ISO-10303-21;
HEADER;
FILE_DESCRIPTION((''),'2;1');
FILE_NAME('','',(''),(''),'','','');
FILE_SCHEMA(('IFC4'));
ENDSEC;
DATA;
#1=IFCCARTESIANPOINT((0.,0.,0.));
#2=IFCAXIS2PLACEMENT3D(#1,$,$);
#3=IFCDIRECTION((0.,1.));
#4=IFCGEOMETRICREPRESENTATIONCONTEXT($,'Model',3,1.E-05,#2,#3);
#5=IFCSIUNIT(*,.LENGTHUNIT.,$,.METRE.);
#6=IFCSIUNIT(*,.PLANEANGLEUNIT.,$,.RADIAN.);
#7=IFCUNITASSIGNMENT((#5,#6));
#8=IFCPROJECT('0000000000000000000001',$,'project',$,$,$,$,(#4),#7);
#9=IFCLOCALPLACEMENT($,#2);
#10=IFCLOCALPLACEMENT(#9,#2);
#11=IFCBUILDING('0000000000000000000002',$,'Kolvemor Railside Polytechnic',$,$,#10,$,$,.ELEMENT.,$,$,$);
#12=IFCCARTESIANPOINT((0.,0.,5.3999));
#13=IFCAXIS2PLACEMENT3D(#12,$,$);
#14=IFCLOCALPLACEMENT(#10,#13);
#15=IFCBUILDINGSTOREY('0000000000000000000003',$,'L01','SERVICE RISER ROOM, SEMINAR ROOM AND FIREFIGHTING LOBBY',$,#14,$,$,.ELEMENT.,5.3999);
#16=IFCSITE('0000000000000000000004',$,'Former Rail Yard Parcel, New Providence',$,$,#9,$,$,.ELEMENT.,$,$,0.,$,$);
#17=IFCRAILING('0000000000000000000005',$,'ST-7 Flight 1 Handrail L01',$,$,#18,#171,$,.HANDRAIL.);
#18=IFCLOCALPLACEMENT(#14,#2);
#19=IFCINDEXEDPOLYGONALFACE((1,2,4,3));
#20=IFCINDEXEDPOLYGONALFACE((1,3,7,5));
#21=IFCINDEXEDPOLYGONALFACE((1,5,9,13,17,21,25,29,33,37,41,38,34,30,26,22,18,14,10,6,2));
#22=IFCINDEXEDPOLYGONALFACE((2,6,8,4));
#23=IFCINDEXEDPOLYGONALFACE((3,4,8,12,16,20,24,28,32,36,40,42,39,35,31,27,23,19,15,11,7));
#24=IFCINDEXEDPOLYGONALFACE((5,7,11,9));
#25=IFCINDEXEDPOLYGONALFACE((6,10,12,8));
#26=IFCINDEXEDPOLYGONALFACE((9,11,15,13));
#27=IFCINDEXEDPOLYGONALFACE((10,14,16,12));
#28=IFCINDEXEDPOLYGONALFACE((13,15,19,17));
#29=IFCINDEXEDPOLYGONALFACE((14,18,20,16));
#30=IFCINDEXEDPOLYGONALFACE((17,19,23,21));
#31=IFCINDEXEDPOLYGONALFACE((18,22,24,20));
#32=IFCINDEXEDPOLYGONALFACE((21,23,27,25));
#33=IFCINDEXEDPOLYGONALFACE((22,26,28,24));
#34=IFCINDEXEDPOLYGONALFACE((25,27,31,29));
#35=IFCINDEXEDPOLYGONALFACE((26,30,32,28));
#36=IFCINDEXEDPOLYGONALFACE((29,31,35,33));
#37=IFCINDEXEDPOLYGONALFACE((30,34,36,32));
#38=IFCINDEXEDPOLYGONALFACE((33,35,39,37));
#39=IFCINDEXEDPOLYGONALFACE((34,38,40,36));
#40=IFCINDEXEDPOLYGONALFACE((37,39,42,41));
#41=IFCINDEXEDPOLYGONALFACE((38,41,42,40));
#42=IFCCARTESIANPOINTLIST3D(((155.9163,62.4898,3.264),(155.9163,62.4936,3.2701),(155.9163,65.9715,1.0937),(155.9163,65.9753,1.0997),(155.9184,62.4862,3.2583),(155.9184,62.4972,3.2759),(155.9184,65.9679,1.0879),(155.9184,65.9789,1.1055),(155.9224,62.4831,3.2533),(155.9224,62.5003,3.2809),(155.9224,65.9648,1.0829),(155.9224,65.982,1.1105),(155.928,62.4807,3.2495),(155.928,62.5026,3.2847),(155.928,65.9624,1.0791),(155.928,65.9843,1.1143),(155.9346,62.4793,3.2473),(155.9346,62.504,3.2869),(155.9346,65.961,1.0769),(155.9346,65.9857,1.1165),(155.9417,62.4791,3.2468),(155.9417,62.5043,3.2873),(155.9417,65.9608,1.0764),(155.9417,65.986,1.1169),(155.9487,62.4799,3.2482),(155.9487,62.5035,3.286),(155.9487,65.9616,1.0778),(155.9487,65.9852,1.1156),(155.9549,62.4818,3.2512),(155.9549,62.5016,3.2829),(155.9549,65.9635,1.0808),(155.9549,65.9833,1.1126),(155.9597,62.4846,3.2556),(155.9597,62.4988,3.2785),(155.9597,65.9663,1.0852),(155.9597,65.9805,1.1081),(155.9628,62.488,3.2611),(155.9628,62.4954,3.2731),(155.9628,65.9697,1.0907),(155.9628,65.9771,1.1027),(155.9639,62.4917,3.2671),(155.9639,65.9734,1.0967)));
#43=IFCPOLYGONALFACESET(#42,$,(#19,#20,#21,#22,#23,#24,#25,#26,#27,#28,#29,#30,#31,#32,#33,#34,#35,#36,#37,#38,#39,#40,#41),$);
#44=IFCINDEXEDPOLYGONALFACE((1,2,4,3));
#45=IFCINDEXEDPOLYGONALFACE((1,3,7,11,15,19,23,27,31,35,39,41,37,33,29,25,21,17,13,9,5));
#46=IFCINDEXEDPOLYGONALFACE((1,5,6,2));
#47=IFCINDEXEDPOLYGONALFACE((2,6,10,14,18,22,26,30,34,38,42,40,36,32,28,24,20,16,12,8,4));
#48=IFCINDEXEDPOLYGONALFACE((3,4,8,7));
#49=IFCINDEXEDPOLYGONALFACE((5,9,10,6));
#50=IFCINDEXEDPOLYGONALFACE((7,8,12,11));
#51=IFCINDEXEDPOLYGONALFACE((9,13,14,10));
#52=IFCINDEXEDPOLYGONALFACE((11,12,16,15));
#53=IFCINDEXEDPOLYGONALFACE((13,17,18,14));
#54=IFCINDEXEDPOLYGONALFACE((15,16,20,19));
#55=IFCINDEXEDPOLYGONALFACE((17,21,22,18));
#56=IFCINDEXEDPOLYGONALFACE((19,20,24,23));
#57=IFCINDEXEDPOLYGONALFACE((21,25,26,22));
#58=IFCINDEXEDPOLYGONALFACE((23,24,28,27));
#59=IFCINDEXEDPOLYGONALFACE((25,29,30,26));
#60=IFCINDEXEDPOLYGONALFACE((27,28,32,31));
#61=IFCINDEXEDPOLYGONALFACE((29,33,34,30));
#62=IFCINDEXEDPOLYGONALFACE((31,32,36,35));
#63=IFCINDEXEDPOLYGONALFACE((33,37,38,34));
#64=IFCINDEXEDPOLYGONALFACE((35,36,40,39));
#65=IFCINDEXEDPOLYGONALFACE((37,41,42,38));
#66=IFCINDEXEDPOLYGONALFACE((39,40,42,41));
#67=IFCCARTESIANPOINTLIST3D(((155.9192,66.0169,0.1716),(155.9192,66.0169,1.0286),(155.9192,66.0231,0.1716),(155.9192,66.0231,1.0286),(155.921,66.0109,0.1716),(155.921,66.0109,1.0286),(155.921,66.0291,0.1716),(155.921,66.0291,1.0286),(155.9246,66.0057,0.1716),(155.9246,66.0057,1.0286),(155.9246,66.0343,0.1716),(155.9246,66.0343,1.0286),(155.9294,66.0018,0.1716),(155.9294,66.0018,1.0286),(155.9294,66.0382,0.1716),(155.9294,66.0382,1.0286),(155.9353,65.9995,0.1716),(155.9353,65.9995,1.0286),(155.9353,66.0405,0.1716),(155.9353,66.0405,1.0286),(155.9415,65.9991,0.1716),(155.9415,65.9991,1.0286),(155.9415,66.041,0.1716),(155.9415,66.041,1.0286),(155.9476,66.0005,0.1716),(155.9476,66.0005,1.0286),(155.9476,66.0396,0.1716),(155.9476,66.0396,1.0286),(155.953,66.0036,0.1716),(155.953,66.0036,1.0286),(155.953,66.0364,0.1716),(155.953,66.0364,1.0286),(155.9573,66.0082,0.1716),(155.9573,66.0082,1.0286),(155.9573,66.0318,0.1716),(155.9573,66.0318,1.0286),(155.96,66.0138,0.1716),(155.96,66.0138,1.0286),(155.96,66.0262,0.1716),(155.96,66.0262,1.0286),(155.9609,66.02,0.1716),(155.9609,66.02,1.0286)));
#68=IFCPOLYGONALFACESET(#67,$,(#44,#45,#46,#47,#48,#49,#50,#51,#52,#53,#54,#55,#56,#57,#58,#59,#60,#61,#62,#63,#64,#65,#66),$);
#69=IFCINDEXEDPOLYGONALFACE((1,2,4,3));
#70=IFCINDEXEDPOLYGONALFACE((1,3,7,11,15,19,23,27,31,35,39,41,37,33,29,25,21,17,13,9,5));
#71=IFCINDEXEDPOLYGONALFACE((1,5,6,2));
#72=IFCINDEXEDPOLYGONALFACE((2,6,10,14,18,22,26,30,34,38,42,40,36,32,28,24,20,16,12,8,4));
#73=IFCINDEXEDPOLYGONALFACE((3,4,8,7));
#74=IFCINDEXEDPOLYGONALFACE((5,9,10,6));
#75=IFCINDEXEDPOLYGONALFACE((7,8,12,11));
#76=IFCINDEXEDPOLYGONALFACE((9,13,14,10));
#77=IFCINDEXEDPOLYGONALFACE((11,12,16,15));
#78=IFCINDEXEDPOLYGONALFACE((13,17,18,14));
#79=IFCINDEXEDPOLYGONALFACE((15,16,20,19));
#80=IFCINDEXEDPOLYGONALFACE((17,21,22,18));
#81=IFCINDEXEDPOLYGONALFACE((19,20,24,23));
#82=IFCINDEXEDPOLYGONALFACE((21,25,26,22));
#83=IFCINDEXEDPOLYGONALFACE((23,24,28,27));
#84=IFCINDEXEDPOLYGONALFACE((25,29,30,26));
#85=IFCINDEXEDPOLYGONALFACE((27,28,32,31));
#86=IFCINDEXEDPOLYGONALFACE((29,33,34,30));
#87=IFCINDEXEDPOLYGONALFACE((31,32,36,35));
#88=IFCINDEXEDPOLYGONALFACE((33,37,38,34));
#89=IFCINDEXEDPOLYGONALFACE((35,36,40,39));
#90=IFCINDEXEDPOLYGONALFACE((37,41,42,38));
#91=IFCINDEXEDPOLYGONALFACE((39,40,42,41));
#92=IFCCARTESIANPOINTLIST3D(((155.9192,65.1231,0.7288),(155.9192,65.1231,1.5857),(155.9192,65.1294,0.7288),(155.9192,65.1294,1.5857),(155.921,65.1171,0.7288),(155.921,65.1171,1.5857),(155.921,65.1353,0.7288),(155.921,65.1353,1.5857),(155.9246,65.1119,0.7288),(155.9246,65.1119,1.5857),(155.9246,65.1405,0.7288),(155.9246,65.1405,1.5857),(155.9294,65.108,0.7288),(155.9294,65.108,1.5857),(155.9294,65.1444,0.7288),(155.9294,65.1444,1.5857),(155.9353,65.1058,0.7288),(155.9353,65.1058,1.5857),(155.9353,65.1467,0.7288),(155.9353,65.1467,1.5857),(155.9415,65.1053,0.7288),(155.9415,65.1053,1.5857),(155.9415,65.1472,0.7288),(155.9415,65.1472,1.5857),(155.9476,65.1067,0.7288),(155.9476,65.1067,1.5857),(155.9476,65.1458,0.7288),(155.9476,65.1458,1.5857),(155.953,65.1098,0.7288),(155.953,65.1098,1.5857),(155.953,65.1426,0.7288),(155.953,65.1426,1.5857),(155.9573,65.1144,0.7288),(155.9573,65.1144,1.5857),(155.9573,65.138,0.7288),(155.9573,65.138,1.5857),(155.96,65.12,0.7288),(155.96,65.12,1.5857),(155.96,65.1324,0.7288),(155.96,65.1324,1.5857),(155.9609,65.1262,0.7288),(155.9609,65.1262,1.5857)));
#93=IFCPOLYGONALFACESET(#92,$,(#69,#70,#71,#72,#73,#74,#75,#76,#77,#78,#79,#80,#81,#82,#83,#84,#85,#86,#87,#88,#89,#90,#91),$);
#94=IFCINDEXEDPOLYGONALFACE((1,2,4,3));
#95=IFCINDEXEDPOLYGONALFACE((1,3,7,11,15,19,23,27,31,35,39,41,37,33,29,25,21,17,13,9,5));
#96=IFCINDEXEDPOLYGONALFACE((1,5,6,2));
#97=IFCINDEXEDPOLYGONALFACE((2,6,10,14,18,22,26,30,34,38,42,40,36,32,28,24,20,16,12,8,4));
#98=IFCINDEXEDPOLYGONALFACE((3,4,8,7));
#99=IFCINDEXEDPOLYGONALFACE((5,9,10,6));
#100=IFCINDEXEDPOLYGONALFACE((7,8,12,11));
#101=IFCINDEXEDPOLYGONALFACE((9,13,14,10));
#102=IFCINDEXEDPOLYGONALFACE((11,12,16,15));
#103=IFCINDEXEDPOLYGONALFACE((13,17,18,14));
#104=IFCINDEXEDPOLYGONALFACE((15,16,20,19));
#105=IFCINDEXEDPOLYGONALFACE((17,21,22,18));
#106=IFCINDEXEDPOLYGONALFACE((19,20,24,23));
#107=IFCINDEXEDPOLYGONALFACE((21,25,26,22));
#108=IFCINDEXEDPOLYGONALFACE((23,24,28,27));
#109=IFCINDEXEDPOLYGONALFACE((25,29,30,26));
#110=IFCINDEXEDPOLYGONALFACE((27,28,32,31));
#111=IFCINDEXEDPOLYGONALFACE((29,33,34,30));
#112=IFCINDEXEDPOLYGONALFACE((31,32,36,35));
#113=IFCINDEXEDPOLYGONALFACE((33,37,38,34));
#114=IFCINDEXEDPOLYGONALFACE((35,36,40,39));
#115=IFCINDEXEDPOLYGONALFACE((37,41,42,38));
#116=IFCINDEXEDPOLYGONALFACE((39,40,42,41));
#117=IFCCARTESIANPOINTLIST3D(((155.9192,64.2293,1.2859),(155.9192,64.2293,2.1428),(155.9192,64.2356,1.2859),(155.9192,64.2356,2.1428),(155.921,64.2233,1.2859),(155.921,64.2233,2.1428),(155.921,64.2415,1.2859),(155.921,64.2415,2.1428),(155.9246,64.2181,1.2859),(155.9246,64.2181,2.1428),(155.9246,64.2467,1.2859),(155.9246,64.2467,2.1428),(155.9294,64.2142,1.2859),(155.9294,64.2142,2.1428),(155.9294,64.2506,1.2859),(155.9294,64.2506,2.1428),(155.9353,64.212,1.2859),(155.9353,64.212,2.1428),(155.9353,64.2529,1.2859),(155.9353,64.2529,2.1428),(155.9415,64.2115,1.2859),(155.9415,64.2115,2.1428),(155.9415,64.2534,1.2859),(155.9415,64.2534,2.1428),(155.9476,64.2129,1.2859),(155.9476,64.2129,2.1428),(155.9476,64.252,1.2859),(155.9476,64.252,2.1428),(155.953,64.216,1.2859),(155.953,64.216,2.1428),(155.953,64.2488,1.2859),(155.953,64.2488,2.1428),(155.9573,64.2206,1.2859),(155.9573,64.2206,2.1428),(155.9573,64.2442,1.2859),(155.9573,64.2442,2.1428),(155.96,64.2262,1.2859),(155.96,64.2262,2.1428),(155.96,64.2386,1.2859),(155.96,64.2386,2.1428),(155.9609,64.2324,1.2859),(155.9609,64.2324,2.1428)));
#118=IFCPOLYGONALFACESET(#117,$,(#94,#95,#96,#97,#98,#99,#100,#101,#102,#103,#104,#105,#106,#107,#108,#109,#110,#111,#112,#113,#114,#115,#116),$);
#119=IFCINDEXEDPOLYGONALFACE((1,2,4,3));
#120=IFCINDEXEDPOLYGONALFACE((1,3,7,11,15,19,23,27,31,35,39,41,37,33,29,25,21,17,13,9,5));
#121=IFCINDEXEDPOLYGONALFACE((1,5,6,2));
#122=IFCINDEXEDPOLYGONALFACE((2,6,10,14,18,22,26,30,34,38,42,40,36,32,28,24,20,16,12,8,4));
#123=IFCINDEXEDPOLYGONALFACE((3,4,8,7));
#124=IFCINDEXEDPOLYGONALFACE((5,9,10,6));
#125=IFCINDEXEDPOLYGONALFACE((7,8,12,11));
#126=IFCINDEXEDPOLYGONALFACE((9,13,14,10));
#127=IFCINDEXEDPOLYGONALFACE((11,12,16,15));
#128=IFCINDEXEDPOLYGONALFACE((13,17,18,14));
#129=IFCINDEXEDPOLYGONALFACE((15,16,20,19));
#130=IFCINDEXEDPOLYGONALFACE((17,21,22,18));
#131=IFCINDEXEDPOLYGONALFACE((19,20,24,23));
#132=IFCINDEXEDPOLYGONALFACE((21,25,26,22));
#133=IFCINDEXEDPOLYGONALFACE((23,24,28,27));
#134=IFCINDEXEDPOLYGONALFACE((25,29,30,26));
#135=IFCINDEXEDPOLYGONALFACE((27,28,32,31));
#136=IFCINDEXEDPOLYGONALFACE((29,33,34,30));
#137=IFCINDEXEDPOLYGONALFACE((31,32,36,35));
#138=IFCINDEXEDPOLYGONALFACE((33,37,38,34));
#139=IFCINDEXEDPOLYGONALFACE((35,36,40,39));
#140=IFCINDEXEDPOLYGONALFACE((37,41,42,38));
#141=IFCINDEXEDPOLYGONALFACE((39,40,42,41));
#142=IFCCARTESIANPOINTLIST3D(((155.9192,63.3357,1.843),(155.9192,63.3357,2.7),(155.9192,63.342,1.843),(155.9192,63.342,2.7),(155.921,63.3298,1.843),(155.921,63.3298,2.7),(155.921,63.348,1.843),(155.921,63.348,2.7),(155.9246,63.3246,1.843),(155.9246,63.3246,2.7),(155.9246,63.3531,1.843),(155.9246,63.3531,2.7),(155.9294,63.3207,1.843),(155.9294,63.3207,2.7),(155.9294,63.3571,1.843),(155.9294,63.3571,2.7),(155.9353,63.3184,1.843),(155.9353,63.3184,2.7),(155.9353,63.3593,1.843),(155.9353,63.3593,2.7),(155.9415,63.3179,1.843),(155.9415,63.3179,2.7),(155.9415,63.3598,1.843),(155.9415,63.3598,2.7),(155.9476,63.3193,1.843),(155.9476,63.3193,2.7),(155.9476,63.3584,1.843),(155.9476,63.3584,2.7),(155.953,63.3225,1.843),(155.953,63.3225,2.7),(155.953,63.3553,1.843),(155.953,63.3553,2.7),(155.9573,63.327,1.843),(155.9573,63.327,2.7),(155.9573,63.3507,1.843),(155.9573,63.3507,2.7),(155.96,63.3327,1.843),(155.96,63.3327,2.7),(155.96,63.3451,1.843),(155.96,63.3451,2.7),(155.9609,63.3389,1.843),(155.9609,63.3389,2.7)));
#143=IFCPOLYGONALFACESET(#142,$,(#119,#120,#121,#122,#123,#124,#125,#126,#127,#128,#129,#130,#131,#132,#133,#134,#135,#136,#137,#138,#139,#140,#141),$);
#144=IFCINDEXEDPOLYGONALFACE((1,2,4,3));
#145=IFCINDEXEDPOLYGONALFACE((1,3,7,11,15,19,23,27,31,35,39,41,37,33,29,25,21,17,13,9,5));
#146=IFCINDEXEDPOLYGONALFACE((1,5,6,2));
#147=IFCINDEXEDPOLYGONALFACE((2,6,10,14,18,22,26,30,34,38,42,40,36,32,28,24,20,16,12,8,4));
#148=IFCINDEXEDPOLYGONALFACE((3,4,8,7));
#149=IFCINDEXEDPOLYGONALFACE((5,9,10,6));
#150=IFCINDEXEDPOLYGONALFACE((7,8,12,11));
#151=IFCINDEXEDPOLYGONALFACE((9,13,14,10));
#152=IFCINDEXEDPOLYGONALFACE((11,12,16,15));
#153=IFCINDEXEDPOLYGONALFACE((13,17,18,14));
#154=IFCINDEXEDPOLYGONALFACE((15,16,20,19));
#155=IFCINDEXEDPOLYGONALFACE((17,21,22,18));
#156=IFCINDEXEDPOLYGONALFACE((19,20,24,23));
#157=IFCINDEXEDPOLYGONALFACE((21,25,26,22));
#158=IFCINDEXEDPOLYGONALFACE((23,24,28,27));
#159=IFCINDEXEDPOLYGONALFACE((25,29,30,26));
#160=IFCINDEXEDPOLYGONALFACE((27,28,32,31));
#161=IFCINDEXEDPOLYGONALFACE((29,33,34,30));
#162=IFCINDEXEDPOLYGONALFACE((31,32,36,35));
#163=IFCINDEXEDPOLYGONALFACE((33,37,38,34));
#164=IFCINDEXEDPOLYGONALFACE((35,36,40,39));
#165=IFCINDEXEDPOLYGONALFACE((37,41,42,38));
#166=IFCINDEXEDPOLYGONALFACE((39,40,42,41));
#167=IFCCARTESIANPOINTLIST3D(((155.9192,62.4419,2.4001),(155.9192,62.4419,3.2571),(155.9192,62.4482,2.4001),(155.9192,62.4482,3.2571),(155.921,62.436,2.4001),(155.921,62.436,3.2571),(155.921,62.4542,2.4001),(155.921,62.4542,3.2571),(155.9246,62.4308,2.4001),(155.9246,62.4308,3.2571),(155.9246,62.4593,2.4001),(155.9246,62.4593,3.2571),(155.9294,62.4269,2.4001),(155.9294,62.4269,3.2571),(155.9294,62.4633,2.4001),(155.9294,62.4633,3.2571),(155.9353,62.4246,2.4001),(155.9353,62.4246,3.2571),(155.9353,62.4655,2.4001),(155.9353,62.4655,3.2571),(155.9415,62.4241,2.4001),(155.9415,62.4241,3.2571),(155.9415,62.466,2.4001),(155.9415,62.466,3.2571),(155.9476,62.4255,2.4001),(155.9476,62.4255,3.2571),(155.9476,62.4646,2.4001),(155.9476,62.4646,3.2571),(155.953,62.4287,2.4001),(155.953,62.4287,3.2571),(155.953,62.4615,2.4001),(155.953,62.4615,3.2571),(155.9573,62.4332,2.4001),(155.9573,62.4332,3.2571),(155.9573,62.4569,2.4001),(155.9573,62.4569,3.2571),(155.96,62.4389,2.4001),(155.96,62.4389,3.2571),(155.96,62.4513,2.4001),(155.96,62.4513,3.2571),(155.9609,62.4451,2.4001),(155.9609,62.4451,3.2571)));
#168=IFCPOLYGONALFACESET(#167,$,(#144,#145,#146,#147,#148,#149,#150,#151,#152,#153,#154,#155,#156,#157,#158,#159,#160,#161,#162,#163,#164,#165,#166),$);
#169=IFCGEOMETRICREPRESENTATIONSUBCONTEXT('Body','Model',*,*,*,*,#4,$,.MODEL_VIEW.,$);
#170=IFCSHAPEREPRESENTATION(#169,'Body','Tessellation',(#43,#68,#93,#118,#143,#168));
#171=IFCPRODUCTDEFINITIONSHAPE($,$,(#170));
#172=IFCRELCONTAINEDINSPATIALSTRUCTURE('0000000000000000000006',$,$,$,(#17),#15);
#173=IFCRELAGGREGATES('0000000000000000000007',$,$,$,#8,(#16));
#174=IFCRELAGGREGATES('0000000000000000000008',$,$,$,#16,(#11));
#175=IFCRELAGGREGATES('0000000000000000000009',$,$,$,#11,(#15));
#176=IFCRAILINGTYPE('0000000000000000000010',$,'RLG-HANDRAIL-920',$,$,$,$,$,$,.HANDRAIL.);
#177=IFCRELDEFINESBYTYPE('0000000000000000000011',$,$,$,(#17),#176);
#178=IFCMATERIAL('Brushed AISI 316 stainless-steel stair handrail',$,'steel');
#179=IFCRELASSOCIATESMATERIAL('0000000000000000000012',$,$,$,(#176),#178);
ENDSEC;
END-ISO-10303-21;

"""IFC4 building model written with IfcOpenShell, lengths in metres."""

from ifc_helpers import new_model, si_unit, direction, frame, origin, origin_2d, place, context, subcontext, project, spatial, circle, extrude, material, type_object, element, save


model = new_model("IFC4")

# Units and contexts
model_context = context("Model", 3, precision=1e-05, world=origin(), true_north=direction((0.0, 1.0)))
body_context = subcontext(model_context, "Body", "Model", "MODEL_VIEW")
ifc_project = project(units=[si_unit("LENGTHUNIT", "METRE"), si_unit("PLANEANGLEUNIT", "RADIAN")], contexts=[model_context])

# Site, building, storey
site_placement = place(None, origin())
site = spatial("IfcSite", under=ifc_project, at=site_placement, Name="Former Rail Yard Parcel, New Providence", CompositionType="ELEMENT", RefElevation=0.0)
building_placement = place(site_placement, origin())
building = spatial("IfcBuilding", under=site, at=building_placement, Name="Kolvemor Railside Polytechnic", CompositionType="ELEMENT")
storey_placement = place(building_placement, frame((0.0, 0.0, 5.3999)))
storey = spatial("IfcBuildingStorey", under=building, at=storey_placement, Name="L01", Description="SERVICE RISER ROOM, SEMINAR ROOM AND FIREFIGHTING LOBBY", CompositionType="ELEMENT", Elevation=5.3999)

# Railing
ifc_material_1 = material(Name="Brushed AISI 316 stainless-steel stair handrail", Category="steel")
railing_type_1 = type_object("IfcRailingType", Name="RLG-HANDRAIL-920", PredefinedType="HANDRAIL", material=ifc_material_1)
railing_1_placement = place(storey_placement, frame((155.9399, 66.02, 0.1716)))
element("IfcRailing", 1, at=railing_1_placement, inside=storey, type_object=railing_type_1, Name="ST-7 Flight 1 Handrail L01", PredefinedType="HANDRAIL", context=body_context, shape_type="SweptSolid", body=[
    extrude(circle(Radius=0.0239, at=origin_2d()), frame((0.0, -0.0466, 0.925), z_axis=(0.0, -0.84862, 0.529004), x_axis=(1.0, 0.0, 0.0)), (0.0, 0.0, 1.0), 4.1028),
    extrude(circle(Radius=0.021, at=origin_2d()), origin(), (0.0, 0.0, 1.0), 0.8569),
    extrude(circle(Radius=0.021, at=origin_2d()), frame((0.0, -0.8938, 0.5571)), (0.0, 0.0, 1.0), 0.8569),
    extrude(circle(Radius=0.021, at=origin_2d()), frame((0.0, -1.7876, 1.1143)), (0.0, 0.0, 1.0), 0.8569),
    extrude(circle(Radius=0.021, at=origin_2d()), frame((0.0, -2.6812, 1.6714)), (0.0, 0.0, 1.0), 0.8569),
    extrude(circle(Radius=0.021, at=origin_2d()), frame((0.0, -3.575, 2.2285)), (0.0, 0.0, 1.0), 0.8569),
])

save(model, "model.ifc")
